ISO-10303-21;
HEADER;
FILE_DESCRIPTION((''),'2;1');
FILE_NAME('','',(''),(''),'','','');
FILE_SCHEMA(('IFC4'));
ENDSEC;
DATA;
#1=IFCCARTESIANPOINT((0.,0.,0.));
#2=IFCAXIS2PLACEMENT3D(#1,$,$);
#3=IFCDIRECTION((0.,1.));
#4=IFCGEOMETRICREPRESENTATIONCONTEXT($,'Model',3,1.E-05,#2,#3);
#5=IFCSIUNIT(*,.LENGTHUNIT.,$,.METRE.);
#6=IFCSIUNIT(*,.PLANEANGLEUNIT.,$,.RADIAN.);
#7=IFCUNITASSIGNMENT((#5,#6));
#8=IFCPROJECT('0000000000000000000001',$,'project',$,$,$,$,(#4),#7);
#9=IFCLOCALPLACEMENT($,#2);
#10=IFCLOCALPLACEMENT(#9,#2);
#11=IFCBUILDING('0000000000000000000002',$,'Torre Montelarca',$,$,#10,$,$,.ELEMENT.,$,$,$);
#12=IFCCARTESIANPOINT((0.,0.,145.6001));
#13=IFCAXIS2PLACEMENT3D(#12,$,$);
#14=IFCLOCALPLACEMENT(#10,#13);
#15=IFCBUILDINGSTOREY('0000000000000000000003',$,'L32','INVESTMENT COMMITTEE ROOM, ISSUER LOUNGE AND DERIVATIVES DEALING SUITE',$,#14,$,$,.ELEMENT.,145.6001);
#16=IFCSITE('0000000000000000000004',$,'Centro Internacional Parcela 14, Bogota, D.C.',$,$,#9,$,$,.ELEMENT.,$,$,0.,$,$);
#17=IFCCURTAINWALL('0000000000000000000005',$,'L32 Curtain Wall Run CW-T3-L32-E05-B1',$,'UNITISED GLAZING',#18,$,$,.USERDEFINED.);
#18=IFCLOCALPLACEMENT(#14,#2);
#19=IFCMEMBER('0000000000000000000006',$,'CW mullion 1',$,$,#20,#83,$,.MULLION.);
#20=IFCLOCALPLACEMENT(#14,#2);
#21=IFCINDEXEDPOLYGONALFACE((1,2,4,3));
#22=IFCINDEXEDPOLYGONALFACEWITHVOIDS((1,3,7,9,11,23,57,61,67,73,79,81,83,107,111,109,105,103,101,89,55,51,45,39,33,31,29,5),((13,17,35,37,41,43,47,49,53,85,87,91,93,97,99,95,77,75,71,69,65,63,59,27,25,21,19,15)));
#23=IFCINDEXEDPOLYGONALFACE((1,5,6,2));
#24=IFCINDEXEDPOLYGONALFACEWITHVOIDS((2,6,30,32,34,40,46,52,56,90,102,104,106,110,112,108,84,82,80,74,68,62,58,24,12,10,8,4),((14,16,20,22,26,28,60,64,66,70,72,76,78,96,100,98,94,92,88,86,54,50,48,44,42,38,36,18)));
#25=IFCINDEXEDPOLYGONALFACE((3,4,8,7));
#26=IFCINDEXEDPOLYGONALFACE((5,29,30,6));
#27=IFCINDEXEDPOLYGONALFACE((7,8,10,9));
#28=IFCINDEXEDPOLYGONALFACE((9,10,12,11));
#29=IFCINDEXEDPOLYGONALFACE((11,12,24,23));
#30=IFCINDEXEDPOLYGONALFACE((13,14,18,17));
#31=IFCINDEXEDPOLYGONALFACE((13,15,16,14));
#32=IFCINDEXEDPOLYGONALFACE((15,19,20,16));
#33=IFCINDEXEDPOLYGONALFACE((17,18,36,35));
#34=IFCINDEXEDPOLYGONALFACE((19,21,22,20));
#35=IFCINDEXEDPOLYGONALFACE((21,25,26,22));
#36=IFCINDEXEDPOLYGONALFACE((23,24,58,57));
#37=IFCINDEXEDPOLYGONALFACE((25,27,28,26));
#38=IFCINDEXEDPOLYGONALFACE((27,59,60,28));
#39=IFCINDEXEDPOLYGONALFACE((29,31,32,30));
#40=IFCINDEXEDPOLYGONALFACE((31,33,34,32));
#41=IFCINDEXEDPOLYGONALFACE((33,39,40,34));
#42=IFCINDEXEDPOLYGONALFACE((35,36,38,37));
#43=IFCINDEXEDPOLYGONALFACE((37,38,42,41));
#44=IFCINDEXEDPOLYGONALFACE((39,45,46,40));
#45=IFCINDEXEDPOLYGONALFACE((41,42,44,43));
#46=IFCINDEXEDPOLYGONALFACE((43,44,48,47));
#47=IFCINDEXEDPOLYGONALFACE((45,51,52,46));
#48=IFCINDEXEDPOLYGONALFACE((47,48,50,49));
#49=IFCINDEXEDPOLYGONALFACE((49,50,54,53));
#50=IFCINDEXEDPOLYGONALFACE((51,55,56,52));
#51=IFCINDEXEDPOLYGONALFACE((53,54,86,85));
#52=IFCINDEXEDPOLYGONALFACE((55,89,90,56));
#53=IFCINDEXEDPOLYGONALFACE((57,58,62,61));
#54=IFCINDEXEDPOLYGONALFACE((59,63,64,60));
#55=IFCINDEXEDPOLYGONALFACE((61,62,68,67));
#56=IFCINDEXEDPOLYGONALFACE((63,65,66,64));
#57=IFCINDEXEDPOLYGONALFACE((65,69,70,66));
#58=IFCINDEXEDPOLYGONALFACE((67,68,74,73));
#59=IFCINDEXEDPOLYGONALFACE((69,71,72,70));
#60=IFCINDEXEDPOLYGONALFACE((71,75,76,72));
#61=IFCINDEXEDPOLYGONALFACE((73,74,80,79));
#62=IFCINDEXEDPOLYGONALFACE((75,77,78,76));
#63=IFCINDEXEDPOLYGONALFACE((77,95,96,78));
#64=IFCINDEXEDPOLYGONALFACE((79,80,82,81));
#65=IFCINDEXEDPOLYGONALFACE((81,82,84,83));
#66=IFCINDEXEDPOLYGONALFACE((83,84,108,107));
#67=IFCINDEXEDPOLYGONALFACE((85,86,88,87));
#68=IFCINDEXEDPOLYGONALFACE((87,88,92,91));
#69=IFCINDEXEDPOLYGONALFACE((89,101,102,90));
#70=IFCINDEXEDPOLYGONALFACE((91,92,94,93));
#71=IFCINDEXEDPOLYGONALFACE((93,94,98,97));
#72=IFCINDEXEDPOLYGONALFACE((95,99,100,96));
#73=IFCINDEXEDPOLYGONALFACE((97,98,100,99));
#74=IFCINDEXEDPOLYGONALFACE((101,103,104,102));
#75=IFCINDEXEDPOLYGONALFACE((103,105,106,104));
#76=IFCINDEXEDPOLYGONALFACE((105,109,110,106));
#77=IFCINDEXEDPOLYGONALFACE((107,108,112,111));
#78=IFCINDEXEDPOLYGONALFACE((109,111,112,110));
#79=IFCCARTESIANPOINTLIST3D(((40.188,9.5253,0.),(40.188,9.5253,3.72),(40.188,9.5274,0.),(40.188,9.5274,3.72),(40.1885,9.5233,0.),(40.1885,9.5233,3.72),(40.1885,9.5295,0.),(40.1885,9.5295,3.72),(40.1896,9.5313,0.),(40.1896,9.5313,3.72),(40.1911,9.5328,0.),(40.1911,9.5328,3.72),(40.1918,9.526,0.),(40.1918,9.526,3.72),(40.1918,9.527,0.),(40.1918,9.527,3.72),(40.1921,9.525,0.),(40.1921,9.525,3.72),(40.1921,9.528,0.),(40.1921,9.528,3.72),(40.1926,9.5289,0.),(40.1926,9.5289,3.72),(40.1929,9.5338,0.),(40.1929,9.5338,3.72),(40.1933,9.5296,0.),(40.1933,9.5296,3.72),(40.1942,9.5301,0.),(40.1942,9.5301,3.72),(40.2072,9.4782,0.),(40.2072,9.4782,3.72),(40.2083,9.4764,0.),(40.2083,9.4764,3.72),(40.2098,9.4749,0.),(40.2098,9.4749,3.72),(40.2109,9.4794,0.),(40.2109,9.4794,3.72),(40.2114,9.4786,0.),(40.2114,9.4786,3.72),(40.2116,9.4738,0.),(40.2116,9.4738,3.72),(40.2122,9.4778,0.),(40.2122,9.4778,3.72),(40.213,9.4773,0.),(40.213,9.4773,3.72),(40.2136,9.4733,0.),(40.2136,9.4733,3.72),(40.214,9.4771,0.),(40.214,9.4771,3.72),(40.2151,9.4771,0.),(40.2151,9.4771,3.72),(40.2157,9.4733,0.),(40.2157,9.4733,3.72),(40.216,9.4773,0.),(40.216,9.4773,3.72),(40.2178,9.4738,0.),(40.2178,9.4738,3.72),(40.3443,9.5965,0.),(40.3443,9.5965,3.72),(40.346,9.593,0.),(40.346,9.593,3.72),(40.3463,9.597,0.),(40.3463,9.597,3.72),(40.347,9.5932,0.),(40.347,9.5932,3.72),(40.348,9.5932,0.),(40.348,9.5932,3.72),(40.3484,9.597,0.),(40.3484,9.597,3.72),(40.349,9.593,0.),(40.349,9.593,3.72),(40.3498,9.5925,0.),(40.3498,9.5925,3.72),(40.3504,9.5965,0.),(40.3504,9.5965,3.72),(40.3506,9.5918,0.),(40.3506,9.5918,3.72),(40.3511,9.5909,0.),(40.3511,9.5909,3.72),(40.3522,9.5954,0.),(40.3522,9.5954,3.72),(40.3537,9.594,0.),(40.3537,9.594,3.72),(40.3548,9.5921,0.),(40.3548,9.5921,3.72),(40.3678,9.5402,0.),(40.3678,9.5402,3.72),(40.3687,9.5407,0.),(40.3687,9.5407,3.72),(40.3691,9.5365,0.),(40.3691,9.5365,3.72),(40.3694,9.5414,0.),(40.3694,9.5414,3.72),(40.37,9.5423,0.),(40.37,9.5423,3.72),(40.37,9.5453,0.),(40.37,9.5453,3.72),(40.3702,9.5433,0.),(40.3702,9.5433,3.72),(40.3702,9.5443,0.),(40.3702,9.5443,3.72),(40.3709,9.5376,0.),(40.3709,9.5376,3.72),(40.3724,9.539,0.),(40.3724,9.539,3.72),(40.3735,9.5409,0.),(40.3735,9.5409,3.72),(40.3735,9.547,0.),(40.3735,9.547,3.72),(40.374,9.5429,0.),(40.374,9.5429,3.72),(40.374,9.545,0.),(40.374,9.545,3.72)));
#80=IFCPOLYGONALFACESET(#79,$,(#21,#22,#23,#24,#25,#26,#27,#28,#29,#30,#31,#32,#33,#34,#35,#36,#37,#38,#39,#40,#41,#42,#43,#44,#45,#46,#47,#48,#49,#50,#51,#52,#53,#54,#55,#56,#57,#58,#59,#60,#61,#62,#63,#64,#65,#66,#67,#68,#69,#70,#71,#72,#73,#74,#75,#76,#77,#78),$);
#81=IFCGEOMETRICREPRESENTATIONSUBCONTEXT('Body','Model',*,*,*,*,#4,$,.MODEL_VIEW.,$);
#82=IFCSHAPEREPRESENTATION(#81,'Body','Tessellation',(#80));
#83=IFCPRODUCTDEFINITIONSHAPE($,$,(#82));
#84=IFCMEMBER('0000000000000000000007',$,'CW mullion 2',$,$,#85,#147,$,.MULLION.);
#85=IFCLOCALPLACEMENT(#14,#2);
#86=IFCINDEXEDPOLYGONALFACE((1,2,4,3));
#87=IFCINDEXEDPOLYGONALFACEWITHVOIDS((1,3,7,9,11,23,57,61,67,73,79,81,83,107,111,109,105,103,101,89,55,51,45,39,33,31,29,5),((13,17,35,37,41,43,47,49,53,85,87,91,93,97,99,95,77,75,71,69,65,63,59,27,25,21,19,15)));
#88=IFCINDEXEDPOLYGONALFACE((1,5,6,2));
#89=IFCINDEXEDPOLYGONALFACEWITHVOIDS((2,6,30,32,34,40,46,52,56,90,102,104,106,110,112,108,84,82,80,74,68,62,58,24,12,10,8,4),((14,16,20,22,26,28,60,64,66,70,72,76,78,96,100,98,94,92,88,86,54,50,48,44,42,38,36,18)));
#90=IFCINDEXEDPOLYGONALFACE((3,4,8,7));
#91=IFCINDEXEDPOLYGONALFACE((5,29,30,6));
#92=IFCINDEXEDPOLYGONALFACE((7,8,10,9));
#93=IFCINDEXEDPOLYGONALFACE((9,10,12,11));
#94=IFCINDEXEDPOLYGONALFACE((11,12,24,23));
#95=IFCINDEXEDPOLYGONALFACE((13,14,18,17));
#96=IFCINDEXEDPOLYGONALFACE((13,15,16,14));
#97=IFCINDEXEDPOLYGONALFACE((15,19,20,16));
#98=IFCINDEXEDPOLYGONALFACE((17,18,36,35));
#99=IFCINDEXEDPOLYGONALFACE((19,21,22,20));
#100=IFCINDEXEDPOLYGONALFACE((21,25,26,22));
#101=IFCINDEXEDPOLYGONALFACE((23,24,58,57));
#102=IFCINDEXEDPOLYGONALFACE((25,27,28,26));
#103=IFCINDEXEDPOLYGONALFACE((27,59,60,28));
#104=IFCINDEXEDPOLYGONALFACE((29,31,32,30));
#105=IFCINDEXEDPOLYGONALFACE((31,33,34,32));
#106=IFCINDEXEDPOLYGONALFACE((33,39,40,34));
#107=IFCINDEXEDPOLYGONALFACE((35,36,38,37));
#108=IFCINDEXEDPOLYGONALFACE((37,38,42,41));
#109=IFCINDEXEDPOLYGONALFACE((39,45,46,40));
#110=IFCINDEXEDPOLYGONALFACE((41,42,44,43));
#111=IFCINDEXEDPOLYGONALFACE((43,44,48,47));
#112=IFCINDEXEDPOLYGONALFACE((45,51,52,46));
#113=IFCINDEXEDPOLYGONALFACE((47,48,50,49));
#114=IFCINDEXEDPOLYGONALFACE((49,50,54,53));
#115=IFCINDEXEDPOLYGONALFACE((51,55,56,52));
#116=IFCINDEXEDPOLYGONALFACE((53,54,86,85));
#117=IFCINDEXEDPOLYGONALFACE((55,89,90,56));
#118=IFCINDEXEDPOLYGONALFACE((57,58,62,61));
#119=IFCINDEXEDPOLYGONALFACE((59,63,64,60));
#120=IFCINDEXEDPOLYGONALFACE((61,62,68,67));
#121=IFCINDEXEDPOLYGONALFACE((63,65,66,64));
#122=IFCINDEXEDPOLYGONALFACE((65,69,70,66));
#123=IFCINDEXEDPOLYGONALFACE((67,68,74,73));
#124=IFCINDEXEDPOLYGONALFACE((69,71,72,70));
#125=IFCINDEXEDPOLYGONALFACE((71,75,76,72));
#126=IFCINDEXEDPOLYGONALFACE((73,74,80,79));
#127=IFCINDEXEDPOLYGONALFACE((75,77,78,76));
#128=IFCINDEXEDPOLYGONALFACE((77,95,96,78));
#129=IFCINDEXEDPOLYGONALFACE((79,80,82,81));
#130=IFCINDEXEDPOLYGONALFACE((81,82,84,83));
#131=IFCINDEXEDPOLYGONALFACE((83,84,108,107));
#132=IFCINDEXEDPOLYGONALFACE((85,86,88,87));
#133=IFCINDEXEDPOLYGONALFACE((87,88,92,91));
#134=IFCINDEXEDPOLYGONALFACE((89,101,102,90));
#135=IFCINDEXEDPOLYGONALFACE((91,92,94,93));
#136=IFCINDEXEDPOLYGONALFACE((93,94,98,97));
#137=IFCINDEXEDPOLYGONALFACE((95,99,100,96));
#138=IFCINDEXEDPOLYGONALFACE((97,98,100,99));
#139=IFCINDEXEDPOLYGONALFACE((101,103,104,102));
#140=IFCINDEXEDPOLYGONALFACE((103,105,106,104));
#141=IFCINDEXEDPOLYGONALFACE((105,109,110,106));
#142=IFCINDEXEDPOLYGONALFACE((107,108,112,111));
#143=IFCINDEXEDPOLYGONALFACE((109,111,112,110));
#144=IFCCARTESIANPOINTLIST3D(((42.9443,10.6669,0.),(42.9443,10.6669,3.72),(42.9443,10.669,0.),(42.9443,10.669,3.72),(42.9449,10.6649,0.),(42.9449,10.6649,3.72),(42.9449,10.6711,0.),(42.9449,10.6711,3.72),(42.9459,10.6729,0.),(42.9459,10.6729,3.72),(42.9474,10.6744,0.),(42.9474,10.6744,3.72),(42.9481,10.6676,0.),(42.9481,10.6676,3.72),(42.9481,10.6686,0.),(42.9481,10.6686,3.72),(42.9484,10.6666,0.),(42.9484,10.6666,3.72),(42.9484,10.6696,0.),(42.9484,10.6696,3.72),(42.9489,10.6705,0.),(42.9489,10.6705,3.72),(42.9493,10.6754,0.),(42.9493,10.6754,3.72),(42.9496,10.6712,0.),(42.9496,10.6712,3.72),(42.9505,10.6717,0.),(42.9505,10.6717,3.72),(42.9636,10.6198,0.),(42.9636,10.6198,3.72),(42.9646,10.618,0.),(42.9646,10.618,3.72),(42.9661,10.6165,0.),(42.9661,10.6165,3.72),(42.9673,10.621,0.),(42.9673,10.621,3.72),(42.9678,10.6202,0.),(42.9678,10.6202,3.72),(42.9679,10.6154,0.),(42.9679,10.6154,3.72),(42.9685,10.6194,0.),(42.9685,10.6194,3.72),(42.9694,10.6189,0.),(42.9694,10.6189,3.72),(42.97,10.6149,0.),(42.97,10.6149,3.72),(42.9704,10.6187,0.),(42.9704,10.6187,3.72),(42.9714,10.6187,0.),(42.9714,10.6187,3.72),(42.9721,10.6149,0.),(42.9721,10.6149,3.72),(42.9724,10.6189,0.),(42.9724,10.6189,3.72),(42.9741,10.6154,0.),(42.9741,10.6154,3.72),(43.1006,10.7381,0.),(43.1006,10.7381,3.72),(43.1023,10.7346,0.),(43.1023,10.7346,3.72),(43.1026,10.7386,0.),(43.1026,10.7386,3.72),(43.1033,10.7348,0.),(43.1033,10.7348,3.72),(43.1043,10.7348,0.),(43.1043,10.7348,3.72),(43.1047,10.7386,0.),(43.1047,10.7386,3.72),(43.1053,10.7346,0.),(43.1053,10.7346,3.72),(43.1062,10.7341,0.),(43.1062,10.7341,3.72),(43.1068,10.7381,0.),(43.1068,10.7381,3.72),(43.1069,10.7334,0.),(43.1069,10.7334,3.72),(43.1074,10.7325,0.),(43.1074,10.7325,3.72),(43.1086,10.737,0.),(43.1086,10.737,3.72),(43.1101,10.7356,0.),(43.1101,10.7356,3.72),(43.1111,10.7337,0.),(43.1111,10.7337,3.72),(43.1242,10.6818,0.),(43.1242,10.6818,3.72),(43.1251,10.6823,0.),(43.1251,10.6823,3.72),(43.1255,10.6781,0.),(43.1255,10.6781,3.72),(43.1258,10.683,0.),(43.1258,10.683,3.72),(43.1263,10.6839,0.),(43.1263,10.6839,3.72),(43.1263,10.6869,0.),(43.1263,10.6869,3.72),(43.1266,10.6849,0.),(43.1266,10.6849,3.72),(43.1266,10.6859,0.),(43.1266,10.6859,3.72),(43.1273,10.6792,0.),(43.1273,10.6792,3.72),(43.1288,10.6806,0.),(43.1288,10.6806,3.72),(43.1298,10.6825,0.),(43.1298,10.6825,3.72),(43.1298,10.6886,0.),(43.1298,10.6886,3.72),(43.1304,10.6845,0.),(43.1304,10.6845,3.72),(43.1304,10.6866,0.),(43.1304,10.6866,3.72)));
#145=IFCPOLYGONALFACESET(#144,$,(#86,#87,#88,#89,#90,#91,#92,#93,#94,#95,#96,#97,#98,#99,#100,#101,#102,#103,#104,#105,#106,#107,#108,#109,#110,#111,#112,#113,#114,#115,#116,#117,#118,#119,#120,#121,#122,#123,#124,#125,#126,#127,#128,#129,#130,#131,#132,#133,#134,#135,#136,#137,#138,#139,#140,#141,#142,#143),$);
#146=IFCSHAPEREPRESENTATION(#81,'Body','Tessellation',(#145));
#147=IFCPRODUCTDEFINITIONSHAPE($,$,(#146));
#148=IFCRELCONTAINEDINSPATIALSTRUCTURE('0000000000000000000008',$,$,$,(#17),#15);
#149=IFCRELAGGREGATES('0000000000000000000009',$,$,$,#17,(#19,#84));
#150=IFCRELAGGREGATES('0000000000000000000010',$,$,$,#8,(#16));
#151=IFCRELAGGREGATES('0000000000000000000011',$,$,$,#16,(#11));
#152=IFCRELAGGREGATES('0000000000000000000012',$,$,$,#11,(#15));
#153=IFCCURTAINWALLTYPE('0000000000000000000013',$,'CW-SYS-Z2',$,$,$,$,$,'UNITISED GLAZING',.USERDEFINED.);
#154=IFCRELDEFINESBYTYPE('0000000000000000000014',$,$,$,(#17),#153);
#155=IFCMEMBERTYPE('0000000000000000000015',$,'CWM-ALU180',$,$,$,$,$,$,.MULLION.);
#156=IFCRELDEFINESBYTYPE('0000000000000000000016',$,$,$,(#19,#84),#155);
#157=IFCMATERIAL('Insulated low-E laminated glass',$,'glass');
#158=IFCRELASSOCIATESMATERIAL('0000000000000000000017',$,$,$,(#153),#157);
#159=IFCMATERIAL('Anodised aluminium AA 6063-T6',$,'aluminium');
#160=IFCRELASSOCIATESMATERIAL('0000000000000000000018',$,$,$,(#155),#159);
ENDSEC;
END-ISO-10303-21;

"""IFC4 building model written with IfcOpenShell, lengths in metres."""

from ifc_helpers import new_model, si_unit, direction, frame, origin, origin_2d, place, context, subcontext, project, spatial, hollow_rectangle, extrude, source, transform, mapped, material, material_profile, profile_set, type_object, element, aggregate, save


model = new_model("IFC4")

# Units and contexts
model_context = context("Model", 3, precision=1e-05, world=origin(), true_north=direction((0.0, 1.0)))
body_context = subcontext(model_context, "Body", "Model", "MODEL_VIEW")
ifc_project = project(units=[si_unit("LENGTHUNIT", "METRE"), si_unit("PLANEANGLEUNIT", "RADIAN")], contexts=[model_context])

# Site, building, storey
site_placement = place(None, origin())
site = spatial("IfcSite", under=ifc_project, at=site_placement, Name="Centro Internacional Parcela 14, Bogota, D.C.", CompositionType="ELEMENT", RefElevation=0.0)
building_placement = place(site_placement, origin())
building = spatial("IfcBuilding", under=site, at=building_placement, Name="Torre Montelarca", CompositionType="ELEMENT")
storey_placement = place(building_placement, frame((0.0, 0.0, 145.6001)))
storey = spatial("IfcBuildingStorey", under=building, at=storey_placement, Name="L32", Description="INVESTMENT COMMITTEE ROOM, ISSUER LOUNGE AND DERIVATIVES DEALING SUITE", CompositionType="ELEMENT", Elevation=145.6001)

# Curtain wall
ifc_material_1 = material(Name="Insulated low-E laminated glass", Category="glass")
curtain_wall_type = type_object("IfcCurtainWallType", Name="CW-SYS-Z2", ElementType="UNITISED GLAZING", PredefinedType="USERDEFINED", material=ifc_material_1)
curtain_wall_1_placement = place(storey_placement, origin())
curtain_wall_1 = element("IfcCurtainWall", 1, at=curtain_wall_1_placement, inside=storey, type_object=curtain_wall_type, Name="L32 Curtain Wall Run CW-T3-L32-E05-B1", ObjectType="UNITISED GLAZING", PredefinedType="USERDEFINED")
ifc_material_2 = material(Name="Anodised aluminium AA 6063-T6", Category="aluminium")
ifc_material_profile_1 = material_profile(ifc_material_2, hollow_rectangle(XDim=0.0649, YDim=0.1799, WallThickness=0.0039, InnerFilletRadius=0.0039, OuterFilletRadius=0.0081, at=origin_2d()), Name="ALU65X180X4", Category="aluminium")
ifc_profile_set_1 = profile_set([ifc_material_profile_1], Name="Anodised aluminium AA 6063-T6")
member_type_1 = type_object("IfcMemberType", Name="CWM-ALU180", PredefinedType="MULLION", material=ifc_profile_set_1)
shared_shape_1 = source(origin(), body_context, "Body", "SweptSolid", [
    extrude(hollow_rectangle(XDim=0.0649, YDim=0.1799, WallThickness=0.0039, InnerFilletRadius=0.0039, OuterFilletRadius=0.0081, at=origin_2d()), origin(), (0.0, 0.0, 1.0), 3.72),
])

# Members
member_1_placement = place(storey_placement, frame((40.281, 9.5352, 0.0), z_axis=(0.0, 0.0, 1.0), x_axis=(-0.382662, 0.923889, 0.0)))
member_1 = element("IfcMember", 2, at=member_1_placement, type_object=member_type_1, Name="CW mullion 1", PredefinedType="MULLION", context=body_context, shape_type="MappedRepresentation", body=[
    mapped(shared_shape_1, transform((0.0, 0.0, 0.0), scale=1.0)),
])
member_2_placement = place(storey_placement, frame((43.0374, 10.6768, 0.0), z_axis=(0.0, 0.0, 1.0), x_axis=(-0.382662, 0.923889, 0.0)))
member_2 = element("IfcMember", 3, at=member_2_placement, type_object=member_type_1, Name="CW mullion 2", PredefinedType="MULLION", context=body_context, shape_type="MappedRepresentation", body=[
    mapped(shared_shape_1, transform((0.0, 0.0, 0.0), scale=1.0)),
])

aggregate(curtain_wall_1, [member_1, member_2])

save(model, "model.ifc")
